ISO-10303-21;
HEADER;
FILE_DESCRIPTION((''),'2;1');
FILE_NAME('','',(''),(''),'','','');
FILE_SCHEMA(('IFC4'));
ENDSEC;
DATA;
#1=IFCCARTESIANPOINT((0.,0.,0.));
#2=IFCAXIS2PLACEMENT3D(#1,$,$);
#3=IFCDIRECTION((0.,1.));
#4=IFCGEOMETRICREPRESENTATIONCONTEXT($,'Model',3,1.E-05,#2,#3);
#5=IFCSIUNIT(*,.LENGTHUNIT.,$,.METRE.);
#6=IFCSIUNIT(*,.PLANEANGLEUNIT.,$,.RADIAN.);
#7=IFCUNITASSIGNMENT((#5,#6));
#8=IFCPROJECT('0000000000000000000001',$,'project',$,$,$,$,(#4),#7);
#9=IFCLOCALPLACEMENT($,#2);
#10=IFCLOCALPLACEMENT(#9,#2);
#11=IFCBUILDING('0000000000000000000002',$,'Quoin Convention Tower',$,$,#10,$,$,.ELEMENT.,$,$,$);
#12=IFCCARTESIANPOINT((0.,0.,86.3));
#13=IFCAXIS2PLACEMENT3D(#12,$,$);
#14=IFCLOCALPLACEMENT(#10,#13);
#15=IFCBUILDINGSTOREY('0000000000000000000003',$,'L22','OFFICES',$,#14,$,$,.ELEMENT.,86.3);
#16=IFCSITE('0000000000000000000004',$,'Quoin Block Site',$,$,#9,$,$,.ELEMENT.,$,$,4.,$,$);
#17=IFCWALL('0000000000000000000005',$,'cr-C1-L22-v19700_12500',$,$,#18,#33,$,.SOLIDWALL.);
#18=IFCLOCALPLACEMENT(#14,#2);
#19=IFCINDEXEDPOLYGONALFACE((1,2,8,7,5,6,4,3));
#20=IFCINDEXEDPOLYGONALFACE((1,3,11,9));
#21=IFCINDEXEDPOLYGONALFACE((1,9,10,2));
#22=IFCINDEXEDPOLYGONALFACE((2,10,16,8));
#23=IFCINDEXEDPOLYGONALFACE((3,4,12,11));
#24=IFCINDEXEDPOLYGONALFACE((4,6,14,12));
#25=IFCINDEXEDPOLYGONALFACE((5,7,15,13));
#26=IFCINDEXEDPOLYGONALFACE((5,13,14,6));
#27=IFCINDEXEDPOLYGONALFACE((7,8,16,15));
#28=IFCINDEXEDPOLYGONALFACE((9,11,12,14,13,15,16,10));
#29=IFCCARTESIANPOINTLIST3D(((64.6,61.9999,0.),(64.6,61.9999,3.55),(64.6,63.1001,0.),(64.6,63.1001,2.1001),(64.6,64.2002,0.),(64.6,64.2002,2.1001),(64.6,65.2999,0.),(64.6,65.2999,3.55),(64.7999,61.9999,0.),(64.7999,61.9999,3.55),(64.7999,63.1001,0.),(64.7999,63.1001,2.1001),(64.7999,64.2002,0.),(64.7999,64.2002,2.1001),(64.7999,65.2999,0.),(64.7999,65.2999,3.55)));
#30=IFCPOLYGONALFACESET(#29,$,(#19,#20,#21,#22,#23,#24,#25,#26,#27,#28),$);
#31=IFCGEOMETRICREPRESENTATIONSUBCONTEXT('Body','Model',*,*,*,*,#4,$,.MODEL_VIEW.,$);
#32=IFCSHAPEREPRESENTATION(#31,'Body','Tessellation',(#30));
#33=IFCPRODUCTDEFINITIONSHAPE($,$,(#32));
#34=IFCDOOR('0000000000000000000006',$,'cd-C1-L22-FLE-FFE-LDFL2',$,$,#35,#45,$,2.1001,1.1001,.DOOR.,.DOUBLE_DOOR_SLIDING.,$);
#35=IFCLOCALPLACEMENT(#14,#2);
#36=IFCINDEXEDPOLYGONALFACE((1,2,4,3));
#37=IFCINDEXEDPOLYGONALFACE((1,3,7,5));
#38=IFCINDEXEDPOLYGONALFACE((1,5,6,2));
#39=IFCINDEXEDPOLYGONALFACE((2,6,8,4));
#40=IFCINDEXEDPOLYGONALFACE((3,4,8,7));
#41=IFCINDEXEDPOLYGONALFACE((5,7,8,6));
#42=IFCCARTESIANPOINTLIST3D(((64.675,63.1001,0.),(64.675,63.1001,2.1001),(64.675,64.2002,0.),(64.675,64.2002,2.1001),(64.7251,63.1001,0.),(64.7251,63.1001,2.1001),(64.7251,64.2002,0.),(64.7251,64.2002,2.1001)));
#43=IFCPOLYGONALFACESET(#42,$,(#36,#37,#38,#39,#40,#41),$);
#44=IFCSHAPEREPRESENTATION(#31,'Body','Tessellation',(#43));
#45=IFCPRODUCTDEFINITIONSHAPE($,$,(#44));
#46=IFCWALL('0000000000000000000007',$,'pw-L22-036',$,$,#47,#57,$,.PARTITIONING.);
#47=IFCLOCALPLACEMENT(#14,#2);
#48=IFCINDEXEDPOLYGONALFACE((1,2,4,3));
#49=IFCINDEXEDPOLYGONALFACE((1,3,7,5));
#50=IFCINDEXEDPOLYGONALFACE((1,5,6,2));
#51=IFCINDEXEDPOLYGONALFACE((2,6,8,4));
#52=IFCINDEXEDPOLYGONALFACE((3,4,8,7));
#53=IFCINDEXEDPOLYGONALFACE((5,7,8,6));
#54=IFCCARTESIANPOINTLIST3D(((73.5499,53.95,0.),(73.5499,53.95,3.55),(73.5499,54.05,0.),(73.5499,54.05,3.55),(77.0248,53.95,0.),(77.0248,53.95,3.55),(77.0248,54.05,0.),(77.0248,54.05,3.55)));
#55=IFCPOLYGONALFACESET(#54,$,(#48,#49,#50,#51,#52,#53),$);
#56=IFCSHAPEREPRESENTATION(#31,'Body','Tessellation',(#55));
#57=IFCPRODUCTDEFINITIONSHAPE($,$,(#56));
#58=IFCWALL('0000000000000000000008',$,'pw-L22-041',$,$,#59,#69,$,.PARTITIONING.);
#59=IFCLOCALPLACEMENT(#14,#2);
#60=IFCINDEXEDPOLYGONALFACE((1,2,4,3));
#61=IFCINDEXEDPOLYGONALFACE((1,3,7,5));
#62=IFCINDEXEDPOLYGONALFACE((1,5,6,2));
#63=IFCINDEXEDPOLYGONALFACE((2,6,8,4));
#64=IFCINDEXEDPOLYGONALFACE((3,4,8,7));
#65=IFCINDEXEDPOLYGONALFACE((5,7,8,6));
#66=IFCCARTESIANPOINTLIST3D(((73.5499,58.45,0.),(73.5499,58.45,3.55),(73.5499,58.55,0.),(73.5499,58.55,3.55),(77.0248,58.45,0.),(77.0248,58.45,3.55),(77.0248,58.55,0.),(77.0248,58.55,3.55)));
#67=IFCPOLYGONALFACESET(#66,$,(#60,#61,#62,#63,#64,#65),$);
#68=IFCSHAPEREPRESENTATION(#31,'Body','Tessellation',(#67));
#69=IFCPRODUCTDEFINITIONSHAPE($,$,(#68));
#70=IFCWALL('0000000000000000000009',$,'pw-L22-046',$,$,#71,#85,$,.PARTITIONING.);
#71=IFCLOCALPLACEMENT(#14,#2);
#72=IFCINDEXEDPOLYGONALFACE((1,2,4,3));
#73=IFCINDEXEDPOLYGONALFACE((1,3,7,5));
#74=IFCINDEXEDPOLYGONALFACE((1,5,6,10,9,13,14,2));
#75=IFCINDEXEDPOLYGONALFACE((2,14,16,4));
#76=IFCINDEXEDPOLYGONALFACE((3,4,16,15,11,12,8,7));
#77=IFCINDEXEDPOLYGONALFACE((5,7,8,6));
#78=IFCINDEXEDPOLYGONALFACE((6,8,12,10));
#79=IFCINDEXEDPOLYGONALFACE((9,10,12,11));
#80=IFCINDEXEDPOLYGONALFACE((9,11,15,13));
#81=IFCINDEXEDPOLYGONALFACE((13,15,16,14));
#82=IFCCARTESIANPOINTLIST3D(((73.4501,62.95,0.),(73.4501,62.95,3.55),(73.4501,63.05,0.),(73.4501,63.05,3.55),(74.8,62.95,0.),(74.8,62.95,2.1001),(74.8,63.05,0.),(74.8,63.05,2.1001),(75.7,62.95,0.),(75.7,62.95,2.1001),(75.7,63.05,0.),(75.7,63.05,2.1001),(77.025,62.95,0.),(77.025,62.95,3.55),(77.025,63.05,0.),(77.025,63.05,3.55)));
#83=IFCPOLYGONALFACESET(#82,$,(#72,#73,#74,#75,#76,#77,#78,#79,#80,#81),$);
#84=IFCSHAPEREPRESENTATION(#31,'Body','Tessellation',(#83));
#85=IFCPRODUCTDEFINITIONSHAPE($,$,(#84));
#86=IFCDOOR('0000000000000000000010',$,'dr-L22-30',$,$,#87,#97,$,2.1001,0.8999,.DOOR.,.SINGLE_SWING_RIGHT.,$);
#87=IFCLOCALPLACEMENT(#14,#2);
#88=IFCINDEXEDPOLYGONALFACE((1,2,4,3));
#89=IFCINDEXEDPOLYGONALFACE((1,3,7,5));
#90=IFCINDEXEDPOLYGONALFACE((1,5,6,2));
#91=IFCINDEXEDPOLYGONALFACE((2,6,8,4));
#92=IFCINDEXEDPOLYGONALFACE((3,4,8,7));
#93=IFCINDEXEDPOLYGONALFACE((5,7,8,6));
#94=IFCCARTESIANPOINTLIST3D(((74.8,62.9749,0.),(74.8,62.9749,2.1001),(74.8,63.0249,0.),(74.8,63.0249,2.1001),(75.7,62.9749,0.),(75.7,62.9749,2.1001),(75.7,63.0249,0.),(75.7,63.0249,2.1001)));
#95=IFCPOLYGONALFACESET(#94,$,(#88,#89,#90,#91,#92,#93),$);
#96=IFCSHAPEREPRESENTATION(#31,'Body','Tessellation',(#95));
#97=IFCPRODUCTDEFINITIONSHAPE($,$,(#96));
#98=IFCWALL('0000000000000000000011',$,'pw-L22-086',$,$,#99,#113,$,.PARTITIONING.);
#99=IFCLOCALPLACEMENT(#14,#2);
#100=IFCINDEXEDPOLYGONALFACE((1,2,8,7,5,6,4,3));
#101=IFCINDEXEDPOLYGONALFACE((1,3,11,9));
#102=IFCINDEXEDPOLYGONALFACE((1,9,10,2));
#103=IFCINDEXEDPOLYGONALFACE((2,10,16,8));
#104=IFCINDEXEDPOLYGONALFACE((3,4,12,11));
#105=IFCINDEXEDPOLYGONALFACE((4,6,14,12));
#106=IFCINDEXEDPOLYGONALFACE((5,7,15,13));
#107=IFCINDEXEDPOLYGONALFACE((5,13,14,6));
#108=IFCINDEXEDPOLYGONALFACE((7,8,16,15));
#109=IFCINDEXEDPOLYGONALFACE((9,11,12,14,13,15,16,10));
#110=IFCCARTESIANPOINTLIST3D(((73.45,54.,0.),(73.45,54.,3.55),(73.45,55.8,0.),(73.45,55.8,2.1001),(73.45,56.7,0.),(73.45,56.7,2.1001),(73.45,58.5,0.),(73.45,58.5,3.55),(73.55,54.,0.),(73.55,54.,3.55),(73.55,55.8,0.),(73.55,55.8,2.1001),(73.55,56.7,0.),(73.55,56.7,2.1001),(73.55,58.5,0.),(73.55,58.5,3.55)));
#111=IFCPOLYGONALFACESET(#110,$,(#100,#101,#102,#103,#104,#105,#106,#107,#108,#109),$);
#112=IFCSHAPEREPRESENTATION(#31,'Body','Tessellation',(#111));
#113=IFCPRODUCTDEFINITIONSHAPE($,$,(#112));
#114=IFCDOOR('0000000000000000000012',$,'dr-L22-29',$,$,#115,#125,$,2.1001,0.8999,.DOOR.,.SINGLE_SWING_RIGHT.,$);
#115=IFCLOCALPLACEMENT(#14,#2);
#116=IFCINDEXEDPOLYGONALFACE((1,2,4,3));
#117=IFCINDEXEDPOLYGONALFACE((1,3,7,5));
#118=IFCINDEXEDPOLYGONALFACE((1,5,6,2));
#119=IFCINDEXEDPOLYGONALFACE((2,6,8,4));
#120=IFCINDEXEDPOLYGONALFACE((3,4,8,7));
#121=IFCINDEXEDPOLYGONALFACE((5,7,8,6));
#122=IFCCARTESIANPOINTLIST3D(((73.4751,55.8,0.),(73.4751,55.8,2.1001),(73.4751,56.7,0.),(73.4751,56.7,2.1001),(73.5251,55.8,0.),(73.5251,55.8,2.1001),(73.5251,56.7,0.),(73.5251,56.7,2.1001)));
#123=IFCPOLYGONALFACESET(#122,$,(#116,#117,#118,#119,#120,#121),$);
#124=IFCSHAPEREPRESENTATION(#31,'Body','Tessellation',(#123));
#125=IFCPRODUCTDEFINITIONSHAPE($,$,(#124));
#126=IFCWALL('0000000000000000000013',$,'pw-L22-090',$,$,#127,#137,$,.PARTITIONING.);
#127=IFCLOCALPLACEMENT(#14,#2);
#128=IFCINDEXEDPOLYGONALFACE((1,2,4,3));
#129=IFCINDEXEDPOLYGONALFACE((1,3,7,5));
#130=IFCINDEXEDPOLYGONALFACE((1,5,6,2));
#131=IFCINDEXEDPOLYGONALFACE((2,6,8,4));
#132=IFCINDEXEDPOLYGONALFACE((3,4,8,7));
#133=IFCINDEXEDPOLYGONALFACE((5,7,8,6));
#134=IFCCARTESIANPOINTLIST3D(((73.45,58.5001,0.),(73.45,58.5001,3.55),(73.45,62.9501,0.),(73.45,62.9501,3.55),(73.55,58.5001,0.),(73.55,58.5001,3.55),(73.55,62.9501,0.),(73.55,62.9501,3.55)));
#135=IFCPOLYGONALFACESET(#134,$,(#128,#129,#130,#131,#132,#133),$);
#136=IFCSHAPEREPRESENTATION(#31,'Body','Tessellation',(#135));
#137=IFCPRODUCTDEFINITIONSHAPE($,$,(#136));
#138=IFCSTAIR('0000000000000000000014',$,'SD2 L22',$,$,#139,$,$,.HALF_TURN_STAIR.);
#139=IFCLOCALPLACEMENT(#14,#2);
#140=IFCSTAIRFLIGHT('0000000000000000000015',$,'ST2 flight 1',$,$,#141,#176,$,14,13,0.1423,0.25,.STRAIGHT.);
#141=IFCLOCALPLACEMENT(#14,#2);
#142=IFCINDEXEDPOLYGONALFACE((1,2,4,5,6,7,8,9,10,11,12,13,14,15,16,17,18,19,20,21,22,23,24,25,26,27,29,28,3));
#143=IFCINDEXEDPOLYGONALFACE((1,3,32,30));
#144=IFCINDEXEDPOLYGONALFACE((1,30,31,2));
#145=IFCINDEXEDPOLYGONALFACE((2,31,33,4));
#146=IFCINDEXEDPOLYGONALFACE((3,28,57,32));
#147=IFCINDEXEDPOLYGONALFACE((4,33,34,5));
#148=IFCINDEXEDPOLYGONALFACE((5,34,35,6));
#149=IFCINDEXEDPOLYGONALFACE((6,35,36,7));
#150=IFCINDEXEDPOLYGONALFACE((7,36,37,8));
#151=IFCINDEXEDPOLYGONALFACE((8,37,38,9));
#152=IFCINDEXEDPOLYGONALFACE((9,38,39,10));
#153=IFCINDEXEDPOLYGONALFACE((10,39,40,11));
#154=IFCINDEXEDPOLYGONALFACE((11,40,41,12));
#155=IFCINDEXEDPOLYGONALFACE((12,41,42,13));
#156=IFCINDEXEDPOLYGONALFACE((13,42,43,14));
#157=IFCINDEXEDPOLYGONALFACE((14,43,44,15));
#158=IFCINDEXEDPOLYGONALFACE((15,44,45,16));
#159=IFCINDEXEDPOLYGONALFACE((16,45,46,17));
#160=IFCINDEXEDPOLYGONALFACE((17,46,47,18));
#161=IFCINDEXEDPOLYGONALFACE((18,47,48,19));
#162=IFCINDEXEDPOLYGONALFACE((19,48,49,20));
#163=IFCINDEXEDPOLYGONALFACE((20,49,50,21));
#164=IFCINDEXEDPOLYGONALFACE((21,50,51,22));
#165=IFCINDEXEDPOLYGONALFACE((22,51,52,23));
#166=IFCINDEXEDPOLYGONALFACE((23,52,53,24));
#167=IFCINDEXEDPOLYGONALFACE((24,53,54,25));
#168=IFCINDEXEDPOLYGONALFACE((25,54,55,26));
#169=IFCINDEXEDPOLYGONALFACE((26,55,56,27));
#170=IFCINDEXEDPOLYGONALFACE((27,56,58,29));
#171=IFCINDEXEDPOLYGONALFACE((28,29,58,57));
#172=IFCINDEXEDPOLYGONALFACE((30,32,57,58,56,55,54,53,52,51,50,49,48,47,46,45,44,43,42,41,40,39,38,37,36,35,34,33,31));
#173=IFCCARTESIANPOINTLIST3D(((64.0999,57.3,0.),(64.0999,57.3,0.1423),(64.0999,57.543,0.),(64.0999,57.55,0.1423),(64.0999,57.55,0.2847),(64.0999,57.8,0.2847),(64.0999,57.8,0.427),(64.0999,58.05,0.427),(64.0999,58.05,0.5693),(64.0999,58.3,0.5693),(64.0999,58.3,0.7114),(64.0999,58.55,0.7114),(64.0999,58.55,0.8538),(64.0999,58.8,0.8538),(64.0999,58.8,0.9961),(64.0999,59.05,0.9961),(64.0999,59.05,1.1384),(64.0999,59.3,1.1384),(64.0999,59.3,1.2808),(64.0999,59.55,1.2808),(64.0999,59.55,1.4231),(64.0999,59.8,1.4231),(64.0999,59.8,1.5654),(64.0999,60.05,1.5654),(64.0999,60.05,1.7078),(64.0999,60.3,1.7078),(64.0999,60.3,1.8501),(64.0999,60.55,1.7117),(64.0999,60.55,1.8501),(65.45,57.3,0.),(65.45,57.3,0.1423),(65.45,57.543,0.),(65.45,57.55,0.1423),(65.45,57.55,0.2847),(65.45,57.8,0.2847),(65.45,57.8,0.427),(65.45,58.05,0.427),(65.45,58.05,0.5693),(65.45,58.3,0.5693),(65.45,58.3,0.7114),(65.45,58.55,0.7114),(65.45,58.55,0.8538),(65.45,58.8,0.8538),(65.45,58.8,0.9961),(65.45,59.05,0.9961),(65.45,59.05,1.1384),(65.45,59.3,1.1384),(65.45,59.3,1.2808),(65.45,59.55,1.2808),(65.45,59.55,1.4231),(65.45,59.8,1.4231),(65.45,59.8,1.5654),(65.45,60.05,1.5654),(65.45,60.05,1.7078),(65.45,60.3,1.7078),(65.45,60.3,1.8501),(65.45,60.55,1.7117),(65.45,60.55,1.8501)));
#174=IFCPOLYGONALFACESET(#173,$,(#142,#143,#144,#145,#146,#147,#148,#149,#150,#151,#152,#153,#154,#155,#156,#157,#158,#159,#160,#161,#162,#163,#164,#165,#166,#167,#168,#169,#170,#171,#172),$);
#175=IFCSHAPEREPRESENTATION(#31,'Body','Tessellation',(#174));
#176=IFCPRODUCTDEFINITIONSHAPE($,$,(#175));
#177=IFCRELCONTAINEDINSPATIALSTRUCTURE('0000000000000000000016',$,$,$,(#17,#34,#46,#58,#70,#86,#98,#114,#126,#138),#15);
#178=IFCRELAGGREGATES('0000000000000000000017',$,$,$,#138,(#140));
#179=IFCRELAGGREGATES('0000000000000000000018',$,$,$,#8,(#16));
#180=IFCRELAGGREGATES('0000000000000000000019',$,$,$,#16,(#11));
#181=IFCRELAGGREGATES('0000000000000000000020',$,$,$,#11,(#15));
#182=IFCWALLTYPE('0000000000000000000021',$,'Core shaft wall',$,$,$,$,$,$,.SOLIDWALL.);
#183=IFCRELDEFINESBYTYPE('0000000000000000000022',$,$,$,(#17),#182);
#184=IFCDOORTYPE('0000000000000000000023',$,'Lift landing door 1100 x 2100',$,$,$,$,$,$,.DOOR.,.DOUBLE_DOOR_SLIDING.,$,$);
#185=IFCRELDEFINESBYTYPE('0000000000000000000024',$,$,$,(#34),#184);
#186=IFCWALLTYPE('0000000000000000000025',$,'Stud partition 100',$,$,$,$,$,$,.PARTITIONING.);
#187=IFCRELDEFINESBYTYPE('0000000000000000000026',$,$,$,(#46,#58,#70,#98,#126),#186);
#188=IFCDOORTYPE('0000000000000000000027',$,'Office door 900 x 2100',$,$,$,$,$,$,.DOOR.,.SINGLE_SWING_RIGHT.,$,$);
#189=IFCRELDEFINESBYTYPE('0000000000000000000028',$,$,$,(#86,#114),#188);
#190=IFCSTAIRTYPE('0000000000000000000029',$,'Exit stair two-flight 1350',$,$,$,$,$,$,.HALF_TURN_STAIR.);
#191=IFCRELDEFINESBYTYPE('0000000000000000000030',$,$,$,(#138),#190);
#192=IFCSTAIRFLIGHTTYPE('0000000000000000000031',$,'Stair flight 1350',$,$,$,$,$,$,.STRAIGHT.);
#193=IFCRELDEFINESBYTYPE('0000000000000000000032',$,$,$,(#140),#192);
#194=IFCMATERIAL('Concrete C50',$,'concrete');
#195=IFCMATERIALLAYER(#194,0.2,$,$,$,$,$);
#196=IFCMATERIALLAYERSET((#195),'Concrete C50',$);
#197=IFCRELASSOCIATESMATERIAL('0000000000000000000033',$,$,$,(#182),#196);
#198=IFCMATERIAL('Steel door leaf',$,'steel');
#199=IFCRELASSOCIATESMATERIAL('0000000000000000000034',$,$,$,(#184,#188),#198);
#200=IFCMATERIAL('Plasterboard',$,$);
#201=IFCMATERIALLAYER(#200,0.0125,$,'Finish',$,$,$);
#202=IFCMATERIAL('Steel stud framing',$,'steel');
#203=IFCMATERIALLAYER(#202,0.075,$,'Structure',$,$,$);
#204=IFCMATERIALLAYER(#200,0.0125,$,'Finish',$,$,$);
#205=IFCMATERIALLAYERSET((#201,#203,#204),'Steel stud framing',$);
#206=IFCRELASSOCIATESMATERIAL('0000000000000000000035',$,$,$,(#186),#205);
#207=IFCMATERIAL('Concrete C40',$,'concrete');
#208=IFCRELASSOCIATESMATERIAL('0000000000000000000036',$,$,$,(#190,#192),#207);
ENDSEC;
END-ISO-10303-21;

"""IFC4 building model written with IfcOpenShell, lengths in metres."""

from ifc_helpers import new_model, si_unit, direction, frame, frame_2d, origin, place, context, subcontext, project, spatial, polyline, rectangle, outline, extrude, material, layer, layer_set, type_object, element, fill, aggregate, save


model = new_model("IFC4")

# Units and contexts
model_context = context("Model", 3, precision=1e-05, world=origin(), true_north=direction((0.0, 1.0)))
body_context = subcontext(model_context, "Body", "Model", "MODEL_VIEW")
ifc_project = project(units=[si_unit("LENGTHUNIT", "METRE"), si_unit("PLANEANGLEUNIT", "RADIAN")], contexts=[model_context])

# Site, building, storey
site_placement = place(None, origin())
site = spatial("IfcSite", under=ifc_project, at=site_placement, Name="Quoin Block Site", CompositionType="ELEMENT", RefElevation=4.0)
building_placement = place(site_placement, origin())
building = spatial("IfcBuilding", under=site, at=building_placement, Name="Quoin Convention Tower", CompositionType="ELEMENT")
storey_placement = place(building_placement, frame((0.0, 0.0, 86.3)))
storey = spatial("IfcBuildingStorey", under=building, at=storey_placement, Name="L22", Description="OFFICES", CompositionType="ELEMENT", Elevation=86.3)

# Shared definitions
ifc_material_1 = material(Name="Plasterboard")
ifc_material_2 = material(Name="Steel stud framing", Category="steel")
ifc_material_3 = material(Name="Concrete C50", Category="concrete")
ifc_layer_1 = layer(ifc_material_3, 0.2)
ifc_layer_set_1 = layer_set([ifc_layer_1], Name="Concrete C50")
wall_type_1 = type_object("IfcWallType", Name="Core shaft wall", PredefinedType="SOLIDWALL", material=ifc_layer_set_1)

# Wall, opening, door
wall_1_placement = place(storey_placement, frame((64.7, 62.0, 0.0), z_axis=(0.0, 0.0, 1.0), x_axis=(0.0, 1.0, 0.0)))
wall_1 = element("IfcWall", 1, at=wall_1_placement, inside=storey, type_object=wall_type_1, Name="cr-C1-L22-v19700_12500", PredefinedType="SOLIDWALL", context=body_context, shape_type="SweptSolid", body=[
    extrude(rectangle(XDim=3.3, YDim=0.2, at=frame_2d((1.6499, 0.0))), origin(), (0.0, 0.0, 1.0), 3.55),
])
opening_1_placement = place(wall_1_placement, frame((1.1001, 0.0, 0.0)))
opening_1 = element("IfcOpeningElement", 2, at=opening_1_placement, cuts=wall_1, PredefinedType="OPENING", context=body_context, shape_type="SweptSolid", body=[
    extrude(rectangle(XDim=1.1001, YDim=2.1001, at=frame_2d((0.55, 1.05))), frame((0.0, 0.1099, 0.0), z_axis=(0.0, -1.0, 0.0), x_axis=(1.0, 0.0, 0.0)), (0.0, 0.0, 1.0), 0.22),
])
ifc_material_4 = material(Name="Steel door leaf", Category="steel")
door_type_1 = type_object("IfcDoorType", Name="Lift landing door 1100 x 2100", OperationType="DOUBLE_DOOR_SLIDING", PredefinedType="DOOR", material=ifc_material_4)
door_1_placement = place(opening_1_placement, origin())
door_1 = element("IfcDoor", 3, at=door_1_placement, inside=storey, type_object=door_type_1, Name="cd-C1-L22-FLE-FFE-LDFL2", OperationType="DOUBLE_DOOR_SLIDING", OverallHeight=2.1001, OverallWidth=1.1001, PredefinedType="DOOR", context=body_context, shape_type="SweptSolid", body=[
    extrude(rectangle(XDim=1.1001, YDim=2.1001, at=frame_2d((0.55, 1.05))), frame((0.0, 0.0249, 0.0), z_axis=(0.0, -1.0, 0.0), x_axis=(1.0, 0.0, 0.0)), (0.0, 0.0, 1.0), 0.05),
])
fill(opening_1, door_1)

# Walls
ifc_layer_2 = layer(ifc_material_1, 0.0125, Name="Finish")
ifc_layer_3 = layer(ifc_material_2, 0.075, Name="Structure")
ifc_layer_4 = layer(ifc_material_1, 0.0125, Name="Finish")
ifc_layer_set_2 = layer_set([ifc_layer_2, ifc_layer_3, ifc_layer_4], Name="Steel stud framing")
wall_type_2 = type_object("IfcWallType", Name="Stud partition 100", PredefinedType="PARTITIONING", material=ifc_layer_set_2)
for number, where, z_axis, x_axis, name in (
    (4, (73.55, 54.0, 0.0), (0.0, 0.0, 1.0), (1.0, 0.0, 0.0), "pw-L22-036"),
    (5, (73.55, 58.5, 0.0), (0.0, 0.0, 1.0), (1.0, 0.0, 0.0), "pw-L22-041"),
):
    element("IfcWall", number, at=place(storey_placement, frame(where, z_axis=z_axis, x_axis=x_axis)), inside=storey, type_object=wall_type_2, Name=name, PredefinedType="PARTITIONING", context=body_context, shape_type="SweptSolid", body=[
        extrude(rectangle(XDim=3.4749, YDim=0.1001, at=frame_2d((1.7373, 0.0))), origin(), (0.0, 0.0, 1.0), 3.55),
    ])

# Walls, openings, doors
wall_2_placement = place(storey_placement, frame((73.45, 63.0, 0.0), z_axis=(0.0, 0.0, 1.0), x_axis=(1.0, 0.0, 0.0)))
wall_2 = element("IfcWall", 6, at=wall_2_placement, inside=storey, type_object=wall_type_2, Name="pw-L22-046", PredefinedType="PARTITIONING", context=body_context, shape_type="SweptSolid", body=[
    extrude(rectangle(XDim=3.575, YDim=0.1001, at=frame_2d((1.7876, 0.0))), origin(), (0.0, 0.0, 1.0), 3.55),
])
opening_2_placement = place(wall_2_placement, frame((1.3501, 0.0, 0.0)))
opening_2 = element("IfcOpeningElement", 7, at=opening_2_placement, cuts=wall_2, PredefinedType="OPENING", context=body_context, shape_type="SweptSolid", body=[
    extrude(rectangle(XDim=0.8999, YDim=2.1001, at=frame_2d((0.45, 1.05))), frame((0.0, 0.0601, 0.0), z_axis=(0.0, -1.0, 0.0), x_axis=(1.0, 0.0, 0.0)), (0.0, 0.0, 1.0), 0.1201),
])
door_type_2 = type_object("IfcDoorType", Name="Office door 900 x 2100", OperationType="SINGLE_SWING_RIGHT", PredefinedType="DOOR", material=ifc_material_4)
door_2_placement = place(opening_2_placement, origin())
door_2 = element("IfcDoor", 8, at=door_2_placement, inside=storey, type_object=door_type_2, Name="dr-L22-30", OperationType="SINGLE_SWING_RIGHT", OverallHeight=2.1001, OverallWidth=0.8999, PredefinedType="DOOR", context=body_context, shape_type="SweptSolid", body=[
    extrude(rectangle(XDim=0.8999, YDim=2.1001, at=frame_2d((0.45, 1.05))), frame((0.0, 0.0249, 0.0), z_axis=(0.0, -1.0, 0.0), x_axis=(1.0, 0.0, 0.0)), (0.0, 0.0, 1.0), 0.05),
])
fill(opening_2, door_2)
wall_3_placement = place(storey_placement, frame((73.5, 54.0, 0.0), z_axis=(0.0, 0.0, 1.0), x_axis=(0.0, 1.0, 0.0)))
wall_3 = element("IfcWall", 9, at=wall_3_placement, inside=storey, type_object=wall_type_2, Name="pw-L22-086", PredefinedType="PARTITIONING", context=body_context, shape_type="SweptSolid", body=[
    extrude(rectangle(XDim=4.5, YDim=0.1001, at=frame_2d((2.25, 0.0))), origin(), (0.0, 0.0, 1.0), 3.55),
])
opening_3_placement = place(wall_3_placement, frame((1.8, 0.0, 0.0)))
opening_3 = element("IfcOpeningElement", 10, at=opening_3_placement, cuts=wall_3, PredefinedType="OPENING", context=body_context, shape_type="SweptSolid", body=[
    extrude(rectangle(XDim=0.8999, YDim=2.1001, at=frame_2d((0.45, 1.05))), frame((0.0, 0.0601, 0.0), z_axis=(0.0, -1.0, 0.0), x_axis=(1.0, 0.0, 0.0)), (0.0, 0.0, 1.0), 0.1201),
])
door_3_placement = place(opening_3_placement, origin())
door_3 = element("IfcDoor", 11, at=door_3_placement, inside=storey, type_object=door_type_2, Name="dr-L22-29", OperationType="SINGLE_SWING_RIGHT", OverallHeight=2.1001, OverallWidth=0.8999, PredefinedType="DOOR", context=body_context, shape_type="SweptSolid", body=[
    extrude(rectangle(XDim=0.8999, YDim=2.1001, at=frame_2d((0.45, 1.05))), frame((0.0, 0.0249, 0.0), z_axis=(0.0, -1.0, 0.0), x_axis=(1.0, 0.0, 0.0)), (0.0, 0.0, 1.0), 0.05),
])
fill(opening_3, door_3)

# Wall
wall_4_placement = place(storey_placement, frame((73.5, 58.5, 0.0), z_axis=(0.0, 0.0, 1.0), x_axis=(0.0, 1.0, 0.0)))
element("IfcWall", 12, at=wall_4_placement, inside=storey, type_object=wall_type_2, Name="pw-L22-090", PredefinedType="PARTITIONING", context=body_context, shape_type="SweptSolid", body=[
    extrude(rectangle(XDim=4.45, YDim=0.1001, at=frame_2d((2.2251, 0.0))), origin(), (0.0, 0.0, 1.0), 3.55),
])

# Stair, stair flight
ifc_material_5 = material(Name="Concrete C40", Category="concrete")
stair_type = type_object("IfcStairType", Name="Exit stair two-flight 1350", PredefinedType="HALF_TURN_STAIR", material=ifc_material_5)
stair_placement = place(storey_placement, origin())
stair = element("IfcStair", 13, at=stair_placement, inside=storey, type_object=stair_type, Name="SD2 L22", PredefinedType="HALF_TURN_STAIR")
stair_flight_type = type_object("IfcStairFlightType", Name="Stair flight 1350", PredefinedType="STRAIGHT", material=ifc_material_5)
stair_flight_1_placement = place(storey_placement, frame((64.7749, 57.3, 0.0), z_axis=(0.0, 0.0, 1.0), x_axis=(0.0, 1.0, 0.0)))
stair_flight_1 = element("IfcStairFlight", 14, at=stair_flight_1_placement, type_object=stair_flight_type, Name="ST2 flight 1", NumberOfRisers=14, NumberOfTreads=13, PredefinedType="STRAIGHT", RiserHeight=0.1423, TreadLength=0.25, context=body_context, shape_type="SweptSolid", body=[
    extrude(outline(polyline([(0.0, 0.0), (0.0, 0.1423), (0.25, 0.1423), (0.25, 0.2847), (0.5, 0.2847), (0.5, 0.427), (0.75, 0.427), (0.75, 0.5693), (1.0, 0.5693), (1.0, 0.7114), (1.25, 0.7114), (1.25, 0.8538), (1.5, 0.8538), (1.5, 0.9961), (1.75, 0.9961), (1.75, 1.1384), (2.0, 1.1384), (2.0, 1.2808), (2.25, 1.2808), (2.25, 1.4231), (2.5, 1.4231), (2.5, 1.5654), (2.75, 1.5654), (2.75, 1.7078), (3.0, 1.7078), (3.0, 1.8501), (3.25, 1.8501), (3.25, 1.9922), (3.25, 1.7117), (0.2429, 0.0), (0.0, 0.0)])), frame((0.0, 0.675, 0.0), z_axis=(0.0, -1.0, 0.0), x_axis=(1.0, 0.0, 0.0)), (0.0, 0.0, 1.0), 1.3501),
])
aggregate(stair, [stair_flight_1])

save(model, "model.ifc")
